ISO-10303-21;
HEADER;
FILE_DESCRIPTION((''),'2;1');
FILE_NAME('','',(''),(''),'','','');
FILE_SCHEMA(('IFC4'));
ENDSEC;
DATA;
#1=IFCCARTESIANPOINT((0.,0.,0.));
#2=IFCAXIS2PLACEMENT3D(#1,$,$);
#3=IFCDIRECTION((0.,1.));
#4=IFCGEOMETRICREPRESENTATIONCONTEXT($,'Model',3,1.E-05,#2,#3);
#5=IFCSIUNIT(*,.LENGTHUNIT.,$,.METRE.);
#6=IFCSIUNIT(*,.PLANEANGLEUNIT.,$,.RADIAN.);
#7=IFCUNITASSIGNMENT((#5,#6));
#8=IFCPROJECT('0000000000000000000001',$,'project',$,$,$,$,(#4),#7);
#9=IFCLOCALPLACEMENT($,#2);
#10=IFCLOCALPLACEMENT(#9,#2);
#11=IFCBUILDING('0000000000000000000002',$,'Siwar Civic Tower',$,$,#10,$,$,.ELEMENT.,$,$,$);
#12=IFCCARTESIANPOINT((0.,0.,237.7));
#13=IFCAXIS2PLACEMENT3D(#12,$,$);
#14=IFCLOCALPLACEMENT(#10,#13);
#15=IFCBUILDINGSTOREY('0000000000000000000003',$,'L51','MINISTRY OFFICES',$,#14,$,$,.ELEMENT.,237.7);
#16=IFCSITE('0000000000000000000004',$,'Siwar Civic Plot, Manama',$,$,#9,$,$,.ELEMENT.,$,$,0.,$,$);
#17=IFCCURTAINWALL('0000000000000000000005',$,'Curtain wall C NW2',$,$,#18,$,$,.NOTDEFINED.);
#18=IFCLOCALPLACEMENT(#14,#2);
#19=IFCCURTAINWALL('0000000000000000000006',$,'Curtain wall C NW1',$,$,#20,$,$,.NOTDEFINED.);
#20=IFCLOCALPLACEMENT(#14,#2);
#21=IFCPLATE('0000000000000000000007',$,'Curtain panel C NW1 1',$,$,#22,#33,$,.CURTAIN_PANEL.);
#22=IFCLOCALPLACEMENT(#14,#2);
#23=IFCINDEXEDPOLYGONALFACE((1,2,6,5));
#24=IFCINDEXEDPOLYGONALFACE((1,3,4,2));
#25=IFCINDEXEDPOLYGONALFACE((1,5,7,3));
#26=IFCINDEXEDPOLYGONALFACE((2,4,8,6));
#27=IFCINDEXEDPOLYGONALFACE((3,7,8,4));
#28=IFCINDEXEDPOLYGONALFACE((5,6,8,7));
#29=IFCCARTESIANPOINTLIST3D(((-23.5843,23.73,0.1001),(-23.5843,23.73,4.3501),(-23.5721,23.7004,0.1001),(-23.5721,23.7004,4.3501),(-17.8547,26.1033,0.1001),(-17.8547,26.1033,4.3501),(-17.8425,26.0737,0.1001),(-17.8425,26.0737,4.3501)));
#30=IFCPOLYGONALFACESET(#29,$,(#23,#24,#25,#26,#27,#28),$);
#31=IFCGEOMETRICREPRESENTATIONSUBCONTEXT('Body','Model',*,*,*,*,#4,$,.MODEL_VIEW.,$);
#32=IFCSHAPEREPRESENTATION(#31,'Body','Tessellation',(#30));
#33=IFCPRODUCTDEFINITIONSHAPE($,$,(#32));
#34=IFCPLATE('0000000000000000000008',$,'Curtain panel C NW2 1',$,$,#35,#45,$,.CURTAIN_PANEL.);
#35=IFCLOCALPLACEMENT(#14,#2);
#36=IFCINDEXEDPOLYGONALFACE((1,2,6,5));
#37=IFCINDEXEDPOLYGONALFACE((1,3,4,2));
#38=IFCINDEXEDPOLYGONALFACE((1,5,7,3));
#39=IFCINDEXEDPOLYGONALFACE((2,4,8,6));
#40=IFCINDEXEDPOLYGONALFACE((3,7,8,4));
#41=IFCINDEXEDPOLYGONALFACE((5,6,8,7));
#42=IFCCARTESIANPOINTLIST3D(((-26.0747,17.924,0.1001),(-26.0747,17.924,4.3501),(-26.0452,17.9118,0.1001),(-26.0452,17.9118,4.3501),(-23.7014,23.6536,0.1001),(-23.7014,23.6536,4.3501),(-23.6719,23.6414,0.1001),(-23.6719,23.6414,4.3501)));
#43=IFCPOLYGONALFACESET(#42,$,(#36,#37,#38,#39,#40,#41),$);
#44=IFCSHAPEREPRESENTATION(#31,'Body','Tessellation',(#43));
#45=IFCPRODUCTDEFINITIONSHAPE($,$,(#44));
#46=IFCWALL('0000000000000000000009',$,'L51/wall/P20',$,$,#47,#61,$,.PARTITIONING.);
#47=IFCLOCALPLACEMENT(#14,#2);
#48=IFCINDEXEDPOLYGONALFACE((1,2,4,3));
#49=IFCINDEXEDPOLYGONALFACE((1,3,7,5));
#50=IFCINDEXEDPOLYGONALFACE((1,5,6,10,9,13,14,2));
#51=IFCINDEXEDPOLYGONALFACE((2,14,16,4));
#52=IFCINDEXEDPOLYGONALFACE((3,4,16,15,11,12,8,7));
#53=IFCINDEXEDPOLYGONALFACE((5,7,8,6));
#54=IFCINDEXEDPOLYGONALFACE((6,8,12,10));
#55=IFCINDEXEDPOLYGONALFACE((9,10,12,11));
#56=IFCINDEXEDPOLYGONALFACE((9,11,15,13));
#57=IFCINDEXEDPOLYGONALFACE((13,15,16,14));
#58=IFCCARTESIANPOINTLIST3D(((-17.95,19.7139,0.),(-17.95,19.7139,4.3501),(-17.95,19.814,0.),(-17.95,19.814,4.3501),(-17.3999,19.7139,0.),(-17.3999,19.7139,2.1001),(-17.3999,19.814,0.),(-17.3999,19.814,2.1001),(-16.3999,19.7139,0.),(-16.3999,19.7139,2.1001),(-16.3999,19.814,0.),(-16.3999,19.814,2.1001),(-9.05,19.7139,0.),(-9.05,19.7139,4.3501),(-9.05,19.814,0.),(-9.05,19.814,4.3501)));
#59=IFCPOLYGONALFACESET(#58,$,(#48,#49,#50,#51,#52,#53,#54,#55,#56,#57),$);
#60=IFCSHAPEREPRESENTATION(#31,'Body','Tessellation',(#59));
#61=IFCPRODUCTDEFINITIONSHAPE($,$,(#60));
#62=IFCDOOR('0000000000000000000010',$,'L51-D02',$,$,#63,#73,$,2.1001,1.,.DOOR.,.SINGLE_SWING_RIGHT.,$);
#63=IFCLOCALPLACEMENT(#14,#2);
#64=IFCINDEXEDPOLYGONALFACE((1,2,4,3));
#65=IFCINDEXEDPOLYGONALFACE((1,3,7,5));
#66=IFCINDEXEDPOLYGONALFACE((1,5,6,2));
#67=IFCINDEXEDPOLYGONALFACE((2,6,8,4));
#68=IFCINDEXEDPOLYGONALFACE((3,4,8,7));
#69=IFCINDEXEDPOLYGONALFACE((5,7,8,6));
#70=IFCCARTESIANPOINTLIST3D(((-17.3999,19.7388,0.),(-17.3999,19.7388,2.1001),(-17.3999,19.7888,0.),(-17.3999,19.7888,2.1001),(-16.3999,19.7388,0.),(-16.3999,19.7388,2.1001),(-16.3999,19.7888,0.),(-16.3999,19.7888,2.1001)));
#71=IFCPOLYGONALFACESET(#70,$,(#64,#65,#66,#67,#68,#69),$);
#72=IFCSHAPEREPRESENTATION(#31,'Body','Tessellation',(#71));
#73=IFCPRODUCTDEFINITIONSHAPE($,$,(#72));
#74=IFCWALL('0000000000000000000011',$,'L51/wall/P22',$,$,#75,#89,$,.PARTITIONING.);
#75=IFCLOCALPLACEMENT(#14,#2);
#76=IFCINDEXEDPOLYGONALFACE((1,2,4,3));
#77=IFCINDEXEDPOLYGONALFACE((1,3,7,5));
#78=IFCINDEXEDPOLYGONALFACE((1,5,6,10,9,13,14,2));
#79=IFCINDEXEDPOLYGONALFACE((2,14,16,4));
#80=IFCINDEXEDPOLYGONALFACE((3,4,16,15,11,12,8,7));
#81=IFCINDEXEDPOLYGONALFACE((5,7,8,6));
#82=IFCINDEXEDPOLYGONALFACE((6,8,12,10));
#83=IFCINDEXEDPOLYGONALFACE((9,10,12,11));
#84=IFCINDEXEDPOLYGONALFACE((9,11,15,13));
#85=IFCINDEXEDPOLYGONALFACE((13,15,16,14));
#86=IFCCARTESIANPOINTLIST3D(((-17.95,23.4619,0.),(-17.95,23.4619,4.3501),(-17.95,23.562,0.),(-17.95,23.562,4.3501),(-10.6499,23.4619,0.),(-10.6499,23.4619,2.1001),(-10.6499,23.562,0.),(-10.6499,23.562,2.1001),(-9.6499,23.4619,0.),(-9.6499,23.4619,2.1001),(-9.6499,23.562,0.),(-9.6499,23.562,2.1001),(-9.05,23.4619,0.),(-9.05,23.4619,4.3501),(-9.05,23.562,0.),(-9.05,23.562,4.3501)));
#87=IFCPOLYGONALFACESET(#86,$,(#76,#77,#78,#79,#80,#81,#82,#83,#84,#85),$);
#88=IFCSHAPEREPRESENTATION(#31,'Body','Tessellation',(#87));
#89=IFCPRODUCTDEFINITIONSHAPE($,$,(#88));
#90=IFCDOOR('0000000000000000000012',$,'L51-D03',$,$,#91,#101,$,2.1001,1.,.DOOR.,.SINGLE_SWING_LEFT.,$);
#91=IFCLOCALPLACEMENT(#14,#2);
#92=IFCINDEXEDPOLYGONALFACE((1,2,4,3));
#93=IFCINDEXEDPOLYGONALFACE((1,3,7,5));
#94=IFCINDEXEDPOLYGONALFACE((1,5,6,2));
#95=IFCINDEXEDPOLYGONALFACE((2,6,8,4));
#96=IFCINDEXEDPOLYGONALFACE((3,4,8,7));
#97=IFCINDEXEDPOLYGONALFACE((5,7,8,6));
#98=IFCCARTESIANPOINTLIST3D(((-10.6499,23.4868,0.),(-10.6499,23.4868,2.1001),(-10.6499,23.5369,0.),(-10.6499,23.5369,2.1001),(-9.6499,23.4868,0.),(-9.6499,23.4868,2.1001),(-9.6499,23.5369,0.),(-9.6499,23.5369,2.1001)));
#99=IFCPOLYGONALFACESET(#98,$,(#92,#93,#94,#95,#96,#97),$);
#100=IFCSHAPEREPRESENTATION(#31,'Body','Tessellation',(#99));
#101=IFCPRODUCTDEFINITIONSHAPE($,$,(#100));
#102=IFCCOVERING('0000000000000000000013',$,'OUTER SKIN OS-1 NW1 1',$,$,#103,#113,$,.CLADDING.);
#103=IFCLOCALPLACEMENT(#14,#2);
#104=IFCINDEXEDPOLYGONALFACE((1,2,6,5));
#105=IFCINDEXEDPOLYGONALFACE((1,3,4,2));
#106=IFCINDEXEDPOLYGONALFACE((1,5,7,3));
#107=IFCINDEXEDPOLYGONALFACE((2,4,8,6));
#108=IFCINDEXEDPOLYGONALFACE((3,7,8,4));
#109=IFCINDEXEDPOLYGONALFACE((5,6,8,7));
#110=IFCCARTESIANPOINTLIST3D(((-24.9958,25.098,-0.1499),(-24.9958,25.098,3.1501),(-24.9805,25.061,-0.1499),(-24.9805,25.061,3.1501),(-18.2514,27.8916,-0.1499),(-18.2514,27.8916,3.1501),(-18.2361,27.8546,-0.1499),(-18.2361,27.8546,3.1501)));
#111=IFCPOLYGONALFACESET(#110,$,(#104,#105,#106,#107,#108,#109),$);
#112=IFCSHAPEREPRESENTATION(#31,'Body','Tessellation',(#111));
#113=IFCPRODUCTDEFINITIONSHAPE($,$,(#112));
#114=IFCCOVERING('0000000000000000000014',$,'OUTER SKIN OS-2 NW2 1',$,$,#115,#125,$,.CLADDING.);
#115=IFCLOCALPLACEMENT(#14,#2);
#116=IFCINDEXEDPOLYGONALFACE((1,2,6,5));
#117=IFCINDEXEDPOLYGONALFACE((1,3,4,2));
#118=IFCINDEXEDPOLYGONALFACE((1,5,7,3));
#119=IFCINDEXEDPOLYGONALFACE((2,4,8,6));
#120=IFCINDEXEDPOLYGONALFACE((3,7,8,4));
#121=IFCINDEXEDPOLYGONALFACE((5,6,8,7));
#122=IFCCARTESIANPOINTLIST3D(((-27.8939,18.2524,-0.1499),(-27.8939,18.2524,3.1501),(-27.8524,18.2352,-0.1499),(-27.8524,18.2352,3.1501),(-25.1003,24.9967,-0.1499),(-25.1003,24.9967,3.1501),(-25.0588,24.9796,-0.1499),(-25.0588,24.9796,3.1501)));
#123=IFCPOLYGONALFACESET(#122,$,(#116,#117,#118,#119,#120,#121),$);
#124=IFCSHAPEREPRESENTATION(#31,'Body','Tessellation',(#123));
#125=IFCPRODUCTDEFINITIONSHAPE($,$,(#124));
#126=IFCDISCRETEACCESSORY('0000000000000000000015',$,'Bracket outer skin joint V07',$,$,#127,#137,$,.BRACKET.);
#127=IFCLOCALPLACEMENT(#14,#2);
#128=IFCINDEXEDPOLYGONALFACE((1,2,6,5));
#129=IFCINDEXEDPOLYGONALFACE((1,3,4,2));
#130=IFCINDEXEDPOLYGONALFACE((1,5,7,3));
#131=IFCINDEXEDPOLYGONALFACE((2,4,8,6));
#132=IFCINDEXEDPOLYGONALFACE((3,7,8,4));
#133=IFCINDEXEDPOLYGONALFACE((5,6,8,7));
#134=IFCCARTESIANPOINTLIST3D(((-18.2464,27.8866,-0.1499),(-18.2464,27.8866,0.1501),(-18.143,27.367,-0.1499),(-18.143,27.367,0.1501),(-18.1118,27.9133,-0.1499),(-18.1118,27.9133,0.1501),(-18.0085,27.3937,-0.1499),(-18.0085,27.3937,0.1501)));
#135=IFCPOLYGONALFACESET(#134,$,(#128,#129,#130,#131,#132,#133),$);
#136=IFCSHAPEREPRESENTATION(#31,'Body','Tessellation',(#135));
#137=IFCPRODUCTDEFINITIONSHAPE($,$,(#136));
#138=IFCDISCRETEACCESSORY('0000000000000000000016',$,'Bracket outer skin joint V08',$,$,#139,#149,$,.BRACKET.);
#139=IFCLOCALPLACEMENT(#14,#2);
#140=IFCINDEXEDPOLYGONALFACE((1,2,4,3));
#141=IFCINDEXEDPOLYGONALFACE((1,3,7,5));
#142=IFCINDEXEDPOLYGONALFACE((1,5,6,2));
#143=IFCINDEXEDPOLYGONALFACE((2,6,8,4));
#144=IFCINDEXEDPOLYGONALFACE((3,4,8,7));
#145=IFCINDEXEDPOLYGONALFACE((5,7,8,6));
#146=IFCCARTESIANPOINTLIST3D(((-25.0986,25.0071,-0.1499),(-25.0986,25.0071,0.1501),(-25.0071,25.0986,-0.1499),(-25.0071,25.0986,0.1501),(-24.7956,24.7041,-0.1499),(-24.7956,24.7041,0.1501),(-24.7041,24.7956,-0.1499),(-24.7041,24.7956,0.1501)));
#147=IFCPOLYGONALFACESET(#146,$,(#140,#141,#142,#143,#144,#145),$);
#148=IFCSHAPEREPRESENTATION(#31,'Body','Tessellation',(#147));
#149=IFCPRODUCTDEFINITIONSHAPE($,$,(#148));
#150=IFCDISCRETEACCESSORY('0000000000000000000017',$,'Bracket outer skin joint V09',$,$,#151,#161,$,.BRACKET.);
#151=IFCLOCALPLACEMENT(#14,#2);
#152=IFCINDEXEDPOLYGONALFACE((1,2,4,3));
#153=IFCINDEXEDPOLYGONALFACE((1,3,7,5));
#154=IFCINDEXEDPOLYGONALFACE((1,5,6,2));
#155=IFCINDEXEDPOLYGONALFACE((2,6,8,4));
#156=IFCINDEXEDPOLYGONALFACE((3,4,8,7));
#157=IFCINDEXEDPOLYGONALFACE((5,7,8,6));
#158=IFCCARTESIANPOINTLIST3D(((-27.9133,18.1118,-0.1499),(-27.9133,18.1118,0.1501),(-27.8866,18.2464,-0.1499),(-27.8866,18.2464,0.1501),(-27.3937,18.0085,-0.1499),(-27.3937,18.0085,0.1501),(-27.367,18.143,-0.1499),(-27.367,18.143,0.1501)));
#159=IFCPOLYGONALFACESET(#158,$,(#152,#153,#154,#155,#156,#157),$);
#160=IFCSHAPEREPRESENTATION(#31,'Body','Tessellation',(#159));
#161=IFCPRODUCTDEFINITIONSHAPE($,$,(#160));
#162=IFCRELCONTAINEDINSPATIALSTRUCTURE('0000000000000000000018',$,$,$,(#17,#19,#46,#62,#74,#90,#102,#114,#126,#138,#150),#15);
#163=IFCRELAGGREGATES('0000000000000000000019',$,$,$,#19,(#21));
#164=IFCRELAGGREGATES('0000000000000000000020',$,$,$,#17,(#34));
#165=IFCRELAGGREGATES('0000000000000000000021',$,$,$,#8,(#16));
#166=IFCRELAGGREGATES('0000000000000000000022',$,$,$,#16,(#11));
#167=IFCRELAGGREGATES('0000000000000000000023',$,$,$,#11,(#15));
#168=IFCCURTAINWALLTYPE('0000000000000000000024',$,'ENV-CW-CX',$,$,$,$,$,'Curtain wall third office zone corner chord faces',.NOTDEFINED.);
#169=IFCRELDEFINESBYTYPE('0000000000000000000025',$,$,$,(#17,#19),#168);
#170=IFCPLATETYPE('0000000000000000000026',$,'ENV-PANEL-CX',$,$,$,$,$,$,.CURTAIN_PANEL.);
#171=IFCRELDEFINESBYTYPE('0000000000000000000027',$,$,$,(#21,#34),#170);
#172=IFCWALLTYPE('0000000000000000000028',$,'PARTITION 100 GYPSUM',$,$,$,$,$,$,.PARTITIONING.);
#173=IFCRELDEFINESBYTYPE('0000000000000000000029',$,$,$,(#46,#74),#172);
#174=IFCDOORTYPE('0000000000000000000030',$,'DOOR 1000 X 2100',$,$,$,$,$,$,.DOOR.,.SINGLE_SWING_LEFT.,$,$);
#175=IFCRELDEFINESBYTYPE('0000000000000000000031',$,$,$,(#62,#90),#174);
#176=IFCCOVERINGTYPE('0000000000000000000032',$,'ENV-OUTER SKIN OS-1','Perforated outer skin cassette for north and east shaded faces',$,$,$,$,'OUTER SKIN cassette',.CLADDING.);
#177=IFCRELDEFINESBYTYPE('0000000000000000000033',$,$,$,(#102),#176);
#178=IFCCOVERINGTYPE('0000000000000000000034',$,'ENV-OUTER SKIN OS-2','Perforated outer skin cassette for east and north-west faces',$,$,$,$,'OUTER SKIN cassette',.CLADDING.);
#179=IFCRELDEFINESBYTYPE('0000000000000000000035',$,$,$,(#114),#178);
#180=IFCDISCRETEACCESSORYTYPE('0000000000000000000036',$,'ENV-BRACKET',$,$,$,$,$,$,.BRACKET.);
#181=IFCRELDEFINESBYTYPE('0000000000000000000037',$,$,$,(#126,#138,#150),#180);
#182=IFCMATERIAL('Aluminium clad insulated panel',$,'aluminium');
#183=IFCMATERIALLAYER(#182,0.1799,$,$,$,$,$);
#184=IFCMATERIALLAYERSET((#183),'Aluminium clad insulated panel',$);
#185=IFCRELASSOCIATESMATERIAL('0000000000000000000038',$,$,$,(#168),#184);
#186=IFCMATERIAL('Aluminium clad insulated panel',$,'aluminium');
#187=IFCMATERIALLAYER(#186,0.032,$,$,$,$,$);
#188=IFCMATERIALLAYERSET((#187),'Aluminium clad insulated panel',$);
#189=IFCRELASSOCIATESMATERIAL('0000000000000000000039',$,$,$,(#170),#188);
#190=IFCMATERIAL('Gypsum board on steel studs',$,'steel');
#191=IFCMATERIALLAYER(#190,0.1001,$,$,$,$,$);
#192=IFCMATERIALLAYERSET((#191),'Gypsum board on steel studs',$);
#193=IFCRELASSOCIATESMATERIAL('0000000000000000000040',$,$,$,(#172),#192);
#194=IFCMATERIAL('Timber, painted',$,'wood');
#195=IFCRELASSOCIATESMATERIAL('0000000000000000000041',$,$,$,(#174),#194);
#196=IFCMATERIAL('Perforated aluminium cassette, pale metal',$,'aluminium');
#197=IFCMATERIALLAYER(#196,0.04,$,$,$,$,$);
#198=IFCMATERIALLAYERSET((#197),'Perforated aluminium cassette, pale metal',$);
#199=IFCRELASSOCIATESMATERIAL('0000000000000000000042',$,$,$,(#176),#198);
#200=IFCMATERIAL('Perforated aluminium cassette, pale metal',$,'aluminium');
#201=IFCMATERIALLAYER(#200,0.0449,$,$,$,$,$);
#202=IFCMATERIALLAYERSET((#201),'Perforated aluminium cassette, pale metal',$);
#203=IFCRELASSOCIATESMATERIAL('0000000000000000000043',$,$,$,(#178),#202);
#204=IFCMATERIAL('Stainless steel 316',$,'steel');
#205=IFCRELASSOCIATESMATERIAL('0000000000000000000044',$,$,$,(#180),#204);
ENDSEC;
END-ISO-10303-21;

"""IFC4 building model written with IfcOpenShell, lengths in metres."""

from ifc_helpers import new_model, si_unit, direction, frame, frame_2d, origin, origin_2d, place, context, subcontext, project, spatial, rectangle, extrude, material, layer, layer_set, type_object, element, fill, aggregate, save


model = new_model("IFC4")

# Units and contexts
model_context = context("Model", 3, precision=1e-05, world=origin(), true_north=direction((0.0, 1.0)))
body_context = subcontext(model_context, "Body", "Model", "MODEL_VIEW")
ifc_project = project(units=[si_unit("LENGTHUNIT", "METRE"), si_unit("PLANEANGLEUNIT", "RADIAN")], contexts=[model_context])

# Site, building, storey
site_placement = place(None, origin())
site = spatial("IfcSite", under=ifc_project, at=site_placement, Name="Siwar Civic Plot, Manama", CompositionType="ELEMENT", RefElevation=0.0)
building_placement = place(site_placement, origin())
building = spatial("IfcBuilding", under=site, at=building_placement, Name="Siwar Civic Tower", CompositionType="ELEMENT")
storey_placement = place(building_placement, frame((0.0, 0.0, 237.7)))
storey = spatial("IfcBuildingStorey", under=building, at=storey_placement, Name="L51", Description="MINISTRY OFFICES", CompositionType="ELEMENT", Elevation=237.7)

# Curtain walls
ifc_material_1 = material(Name="Aluminium clad insulated panel", Category="aluminium")
ifc_layer_1 = layer(ifc_material_1, 0.1799)
ifc_layer_set_1 = layer_set([ifc_layer_1], Name="Aluminium clad insulated panel")
curtain_wall_type = type_object("IfcCurtainWallType", Name="ENV-CW-CX", ElementType="Curtain wall third office zone corner chord faces", PredefinedType="NOTDEFINED", material=ifc_layer_set_1)
curtain_wall_1_placement = place(storey_placement, origin())
curtain_wall_1 = element("IfcCurtainWall", 1, at=curtain_wall_1_placement, inside=storey, type_object=curtain_wall_type, Name="Curtain wall C NW2", PredefinedType="NOTDEFINED")
curtain_wall_2_placement = place(storey_placement, origin())
curtain_wall_2 = element("IfcCurtainWall", 2, at=curtain_wall_2_placement, inside=storey, type_object=curtain_wall_type, Name="Curtain wall C NW1", PredefinedType="NOTDEFINED")

# Plates
ifc_material_2 = material(Name="Aluminium clad insulated panel", Category="aluminium")
ifc_layer_2 = layer(ifc_material_2, 0.032)
ifc_layer_set_2 = layer_set([ifc_layer_2], Name="Aluminium clad insulated panel")
plate_type = type_object("IfcPlateType", Name="ENV-PANEL-CX", PredefinedType="CURTAIN_PANEL", material=ifc_layer_set_2)
plate_1_placement = place(storey_placement, frame((-20.7134, 24.9019, 0.1001), z_axis=(0.0, 0.0, 1.0), x_axis=(-0.92388, -0.382683, 0.0)))
plate_1 = element("IfcPlate", 3, at=plate_1_placement, type_object=plate_type, Name="Curtain panel C NW1 1", PredefinedType="CURTAIN_PANEL", context=body_context, shape_type="SweptSolid", body=[
    extrude(rectangle(XDim=6.2017, YDim=0.032, at=origin_2d()), origin(), (0.0, 0.0, 1.0), 4.25),
])
aggregate(curtain_wall_2, [plate_1])
plate_2_placement = place(storey_placement, frame((-24.8733, 20.7827, 0.1001), z_axis=(0.0, 0.0, 1.0), x_axis=(-0.382683, -0.92388, 0.0)))
plate_2 = element("IfcPlate", 4, at=plate_2_placement, type_object=plate_type, Name="Curtain panel C NW2 1", PredefinedType="CURTAIN_PANEL", context=body_context, shape_type="SweptSolid", body=[
    extrude(rectangle(XDim=6.2017, YDim=0.032, at=origin_2d()), origin(), (0.0, 0.0, 1.0), 4.25),
])
aggregate(curtain_wall_1, [plate_2])

# Walls, openings, doors
ifc_material_3 = material(Name="Gypsum board on steel studs", Category="steel")
ifc_layer_3 = layer(ifc_material_3, 0.1001)
ifc_layer_set_3 = layer_set([ifc_layer_3], Name="Gypsum board on steel studs")
wall_type = type_object("IfcWallType", Name="PARTITION 100 GYPSUM", PredefinedType="PARTITIONING", material=ifc_layer_set_3)
wall_1_placement = place(storey_placement, frame((-17.95, 19.7639, 0.0), z_axis=(0.0, 0.0, 1.0), x_axis=(1.0, 0.0, 0.0)))
wall_1 = element("IfcWall", 5, at=wall_1_placement, inside=storey, type_object=wall_type, Name="L51/wall/P20", PredefinedType="PARTITIONING", context=body_context, shape_type="SweptSolid", body=[
    extrude(rectangle(XDim=8.8999, YDim=0.1001, at=frame_2d((4.45, 0.0))), origin(), (0.0, 0.0, 1.0), 4.3501),
])
opening_1_placement = place(wall_1_placement, frame((0.55, 0.0, 0.0)))
opening_1 = element("IfcOpeningElement", 6, at=opening_1_placement, cuts=wall_1, PredefinedType="OPENING", context=body_context, shape_type="SweptSolid", body=[
    extrude(rectangle(XDim=1.0, YDim=2.1001, at=frame_2d((0.5, 1.05))), frame((0.0, 0.0601, 0.0), z_axis=(0.0, -1.0, 0.0), x_axis=(1.0, 0.0, 0.0)), (0.0, 0.0, 1.0), 0.1201),
])
ifc_material_4 = material(Name="Timber, painted", Category="wood")
door_type = type_object("IfcDoorType", Name="DOOR 1000 X 2100", OperationType="SINGLE_SWING_LEFT", PredefinedType="DOOR", material=ifc_material_4)
door_1_placement = place(opening_1_placement, origin())
door_1 = element("IfcDoor", 7, at=door_1_placement, inside=storey, type_object=door_type, Name="L51-D02", OperationType="SINGLE_SWING_RIGHT", OverallHeight=2.1001, OverallWidth=1.0, PredefinedType="DOOR", context=body_context, shape_type="SweptSolid", body=[
    extrude(rectangle(XDim=1.0, YDim=2.1001, at=frame_2d((0.5, 1.05))), frame((0.0, 0.0249, 0.0), z_axis=(0.0, -1.0, 0.0), x_axis=(1.0, 0.0, 0.0)), (0.0, 0.0, 1.0), 0.05),
])
fill(opening_1, door_1)
wall_2_placement = place(storey_placement, frame((-17.95, 23.512, 0.0), z_axis=(0.0, 0.0, 1.0), x_axis=(1.0, 0.0, 0.0)))
wall_2 = element("IfcWall", 8, at=wall_2_placement, inside=storey, type_object=wall_type, Name="L51/wall/P22", PredefinedType="PARTITIONING", context=body_context, shape_type="SweptSolid", body=[
    extrude(rectangle(XDim=8.8999, YDim=0.1001, at=frame_2d((4.45, 0.0))), origin(), (0.0, 0.0, 1.0), 4.3501),
])
opening_2_placement = place(wall_2_placement, frame((7.3, 0.0, 0.0)))
opening_2 = element("IfcOpeningElement", 9, at=opening_2_placement, cuts=wall_2, PredefinedType="OPENING", context=body_context, shape_type="SweptSolid", body=[
    extrude(rectangle(XDim=1.0, YDim=2.1001, at=frame_2d((0.5, 1.05))), frame((0.0, 0.0601, 0.0), z_axis=(0.0, -1.0, 0.0), x_axis=(1.0, 0.0, 0.0)), (0.0, 0.0, 1.0), 0.1201),
])
door_2_placement = place(opening_2_placement, origin())
door_2 = element("IfcDoor", 10, at=door_2_placement, inside=storey, type_object=door_type, Name="L51-D03", OperationType="SINGLE_SWING_LEFT", OverallHeight=2.1001, OverallWidth=1.0, PredefinedType="DOOR", context=body_context, shape_type="SweptSolid", body=[
    extrude(rectangle(XDim=1.0, YDim=2.1001, at=frame_2d((0.5, 1.05))), frame((0.0, 0.0249, 0.0), z_axis=(0.0, -1.0, 0.0), x_axis=(1.0, 0.0, 0.0)), (0.0, 0.0, 1.0), 0.05),
])
fill(opening_2, door_2)

# Coverings
ifc_material_5 = material(Name="Perforated aluminium cassette, pale metal", Category="aluminium")
ifc_layer_4 = layer(ifc_material_5, 0.04)
ifc_layer_set_4 = layer_set([ifc_layer_4], Name="Perforated aluminium cassette, pale metal")
covering_type_1 = type_object("IfcCoveringType", Name="ENV-OUTER SKIN OS-1", Description="Perforated outer skin cassette for north and east shaded faces", ElementType="OUTER SKIN cassette", PredefinedType="CLADDING", material=ifc_layer_set_4)
covering_1_placement = place(storey_placement, frame((-21.616, 26.4763, -0.1499), z_axis=(0.0, 0.0, 1.0), x_axis=(-0.92388, -0.382683, 0.0)))
element("IfcCovering", 11, at=covering_1_placement, inside=storey, type_object=covering_type_1, Name="OUTER SKIN OS-1 NW1 1", PredefinedType="CLADDING", context=body_context, shape_type="SweptSolid", body=[
    extrude(rectangle(XDim=7.3, YDim=0.04, at=origin_2d()), origin(), (0.0, 0.0, 1.0), 3.3),
])
ifc_material_6 = material(Name="Perforated aluminium cassette, pale metal", Category="aluminium")
ifc_layer_5 = layer(ifc_material_6, 0.0449)
ifc_layer_set_5 = layer_set([ifc_layer_5], Name="Perforated aluminium cassette, pale metal")
covering_type_2 = type_object("IfcCoveringType", Name="ENV-OUTER SKIN OS-2", Description="Perforated outer skin cassette for east and north-west faces", ElementType="OUTER SKIN cassette", PredefinedType="CLADDING", material=ifc_layer_set_5)
covering_2_placement = place(storey_placement, frame((-26.4763, 21.616, -0.1499), z_axis=(0.0, 0.0, 1.0), x_axis=(-0.382683, -0.92388, 0.0)))
element("IfcCovering", 12, at=covering_2_placement, inside=storey, type_object=covering_type_2, Name="OUTER SKIN OS-2 NW2 1", PredefinedType="CLADDING", context=body_context, shape_type="SweptSolid", body=[
    extrude(rectangle(XDim=7.3, YDim=0.0449, at=origin_2d()), origin(), (0.0, 0.0, 1.0), 3.3),
])

# Discrete accessories
ifc_material_7 = material(Name="Stainless steel 316", Category="steel")
discrete_accessory_type = type_object("IfcDiscreteAccessoryType", Name="ENV-BRACKET", PredefinedType="BRACKET", material=ifc_material_7)
discrete_accessory_1_placement = place(storey_placement, frame((-18.1274, 27.6401, -0.1499), z_axis=(0.0, 0.0, 1.0), x_axis=(-0.19509, 0.980785, 0.0)))
element("IfcDiscreteAccessory", 13, at=discrete_accessory_1_placement, inside=storey, type_object=discrete_accessory_type, Name="Bracket outer skin joint V07", PredefinedType="BRACKET", context=body_context, shape_type="SweptSolid", body=[
    extrude(rectangle(XDim=0.5298, YDim=0.1372, at=origin_2d()), origin(), (0.0, 0.0, 1.0), 0.3),
])
discrete_accessory_2_placement = place(storey_placement, frame((-24.9014, 24.9014, -0.1499), z_axis=(0.0, 0.0, 1.0), x_axis=(-0.707107, 0.707107, 0.0)))
element("IfcDiscreteAccessory", 14, at=discrete_accessory_2_placement, inside=storey, type_object=discrete_accessory_type, Name="Bracket outer skin joint V08", PredefinedType="BRACKET", context=body_context, shape_type="SweptSolid", body=[
    extrude(rectangle(XDim=0.4285, YDim=0.1294, at=origin_2d()), origin(), (0.0, 0.0, 1.0), 0.3),
])
discrete_accessory_3_placement = place(storey_placement, frame((-27.6401, 18.1274, -0.1499), z_axis=(0.0, 0.0, 1.0), x_axis=(-0.980785, 0.19509, 0.0)))
element("IfcDiscreteAccessory", 15, at=discrete_accessory_3_placement, inside=storey, type_object=discrete_accessory_type, Name="Bracket outer skin joint V09", PredefinedType="BRACKET", context=body_context, shape_type="SweptSolid", body=[
    extrude(rectangle(XDim=0.5298, YDim=0.1372, at=origin_2d()), origin(), (0.0, 0.0, 1.0), 0.3),
])

save(model, "model.ifc")
